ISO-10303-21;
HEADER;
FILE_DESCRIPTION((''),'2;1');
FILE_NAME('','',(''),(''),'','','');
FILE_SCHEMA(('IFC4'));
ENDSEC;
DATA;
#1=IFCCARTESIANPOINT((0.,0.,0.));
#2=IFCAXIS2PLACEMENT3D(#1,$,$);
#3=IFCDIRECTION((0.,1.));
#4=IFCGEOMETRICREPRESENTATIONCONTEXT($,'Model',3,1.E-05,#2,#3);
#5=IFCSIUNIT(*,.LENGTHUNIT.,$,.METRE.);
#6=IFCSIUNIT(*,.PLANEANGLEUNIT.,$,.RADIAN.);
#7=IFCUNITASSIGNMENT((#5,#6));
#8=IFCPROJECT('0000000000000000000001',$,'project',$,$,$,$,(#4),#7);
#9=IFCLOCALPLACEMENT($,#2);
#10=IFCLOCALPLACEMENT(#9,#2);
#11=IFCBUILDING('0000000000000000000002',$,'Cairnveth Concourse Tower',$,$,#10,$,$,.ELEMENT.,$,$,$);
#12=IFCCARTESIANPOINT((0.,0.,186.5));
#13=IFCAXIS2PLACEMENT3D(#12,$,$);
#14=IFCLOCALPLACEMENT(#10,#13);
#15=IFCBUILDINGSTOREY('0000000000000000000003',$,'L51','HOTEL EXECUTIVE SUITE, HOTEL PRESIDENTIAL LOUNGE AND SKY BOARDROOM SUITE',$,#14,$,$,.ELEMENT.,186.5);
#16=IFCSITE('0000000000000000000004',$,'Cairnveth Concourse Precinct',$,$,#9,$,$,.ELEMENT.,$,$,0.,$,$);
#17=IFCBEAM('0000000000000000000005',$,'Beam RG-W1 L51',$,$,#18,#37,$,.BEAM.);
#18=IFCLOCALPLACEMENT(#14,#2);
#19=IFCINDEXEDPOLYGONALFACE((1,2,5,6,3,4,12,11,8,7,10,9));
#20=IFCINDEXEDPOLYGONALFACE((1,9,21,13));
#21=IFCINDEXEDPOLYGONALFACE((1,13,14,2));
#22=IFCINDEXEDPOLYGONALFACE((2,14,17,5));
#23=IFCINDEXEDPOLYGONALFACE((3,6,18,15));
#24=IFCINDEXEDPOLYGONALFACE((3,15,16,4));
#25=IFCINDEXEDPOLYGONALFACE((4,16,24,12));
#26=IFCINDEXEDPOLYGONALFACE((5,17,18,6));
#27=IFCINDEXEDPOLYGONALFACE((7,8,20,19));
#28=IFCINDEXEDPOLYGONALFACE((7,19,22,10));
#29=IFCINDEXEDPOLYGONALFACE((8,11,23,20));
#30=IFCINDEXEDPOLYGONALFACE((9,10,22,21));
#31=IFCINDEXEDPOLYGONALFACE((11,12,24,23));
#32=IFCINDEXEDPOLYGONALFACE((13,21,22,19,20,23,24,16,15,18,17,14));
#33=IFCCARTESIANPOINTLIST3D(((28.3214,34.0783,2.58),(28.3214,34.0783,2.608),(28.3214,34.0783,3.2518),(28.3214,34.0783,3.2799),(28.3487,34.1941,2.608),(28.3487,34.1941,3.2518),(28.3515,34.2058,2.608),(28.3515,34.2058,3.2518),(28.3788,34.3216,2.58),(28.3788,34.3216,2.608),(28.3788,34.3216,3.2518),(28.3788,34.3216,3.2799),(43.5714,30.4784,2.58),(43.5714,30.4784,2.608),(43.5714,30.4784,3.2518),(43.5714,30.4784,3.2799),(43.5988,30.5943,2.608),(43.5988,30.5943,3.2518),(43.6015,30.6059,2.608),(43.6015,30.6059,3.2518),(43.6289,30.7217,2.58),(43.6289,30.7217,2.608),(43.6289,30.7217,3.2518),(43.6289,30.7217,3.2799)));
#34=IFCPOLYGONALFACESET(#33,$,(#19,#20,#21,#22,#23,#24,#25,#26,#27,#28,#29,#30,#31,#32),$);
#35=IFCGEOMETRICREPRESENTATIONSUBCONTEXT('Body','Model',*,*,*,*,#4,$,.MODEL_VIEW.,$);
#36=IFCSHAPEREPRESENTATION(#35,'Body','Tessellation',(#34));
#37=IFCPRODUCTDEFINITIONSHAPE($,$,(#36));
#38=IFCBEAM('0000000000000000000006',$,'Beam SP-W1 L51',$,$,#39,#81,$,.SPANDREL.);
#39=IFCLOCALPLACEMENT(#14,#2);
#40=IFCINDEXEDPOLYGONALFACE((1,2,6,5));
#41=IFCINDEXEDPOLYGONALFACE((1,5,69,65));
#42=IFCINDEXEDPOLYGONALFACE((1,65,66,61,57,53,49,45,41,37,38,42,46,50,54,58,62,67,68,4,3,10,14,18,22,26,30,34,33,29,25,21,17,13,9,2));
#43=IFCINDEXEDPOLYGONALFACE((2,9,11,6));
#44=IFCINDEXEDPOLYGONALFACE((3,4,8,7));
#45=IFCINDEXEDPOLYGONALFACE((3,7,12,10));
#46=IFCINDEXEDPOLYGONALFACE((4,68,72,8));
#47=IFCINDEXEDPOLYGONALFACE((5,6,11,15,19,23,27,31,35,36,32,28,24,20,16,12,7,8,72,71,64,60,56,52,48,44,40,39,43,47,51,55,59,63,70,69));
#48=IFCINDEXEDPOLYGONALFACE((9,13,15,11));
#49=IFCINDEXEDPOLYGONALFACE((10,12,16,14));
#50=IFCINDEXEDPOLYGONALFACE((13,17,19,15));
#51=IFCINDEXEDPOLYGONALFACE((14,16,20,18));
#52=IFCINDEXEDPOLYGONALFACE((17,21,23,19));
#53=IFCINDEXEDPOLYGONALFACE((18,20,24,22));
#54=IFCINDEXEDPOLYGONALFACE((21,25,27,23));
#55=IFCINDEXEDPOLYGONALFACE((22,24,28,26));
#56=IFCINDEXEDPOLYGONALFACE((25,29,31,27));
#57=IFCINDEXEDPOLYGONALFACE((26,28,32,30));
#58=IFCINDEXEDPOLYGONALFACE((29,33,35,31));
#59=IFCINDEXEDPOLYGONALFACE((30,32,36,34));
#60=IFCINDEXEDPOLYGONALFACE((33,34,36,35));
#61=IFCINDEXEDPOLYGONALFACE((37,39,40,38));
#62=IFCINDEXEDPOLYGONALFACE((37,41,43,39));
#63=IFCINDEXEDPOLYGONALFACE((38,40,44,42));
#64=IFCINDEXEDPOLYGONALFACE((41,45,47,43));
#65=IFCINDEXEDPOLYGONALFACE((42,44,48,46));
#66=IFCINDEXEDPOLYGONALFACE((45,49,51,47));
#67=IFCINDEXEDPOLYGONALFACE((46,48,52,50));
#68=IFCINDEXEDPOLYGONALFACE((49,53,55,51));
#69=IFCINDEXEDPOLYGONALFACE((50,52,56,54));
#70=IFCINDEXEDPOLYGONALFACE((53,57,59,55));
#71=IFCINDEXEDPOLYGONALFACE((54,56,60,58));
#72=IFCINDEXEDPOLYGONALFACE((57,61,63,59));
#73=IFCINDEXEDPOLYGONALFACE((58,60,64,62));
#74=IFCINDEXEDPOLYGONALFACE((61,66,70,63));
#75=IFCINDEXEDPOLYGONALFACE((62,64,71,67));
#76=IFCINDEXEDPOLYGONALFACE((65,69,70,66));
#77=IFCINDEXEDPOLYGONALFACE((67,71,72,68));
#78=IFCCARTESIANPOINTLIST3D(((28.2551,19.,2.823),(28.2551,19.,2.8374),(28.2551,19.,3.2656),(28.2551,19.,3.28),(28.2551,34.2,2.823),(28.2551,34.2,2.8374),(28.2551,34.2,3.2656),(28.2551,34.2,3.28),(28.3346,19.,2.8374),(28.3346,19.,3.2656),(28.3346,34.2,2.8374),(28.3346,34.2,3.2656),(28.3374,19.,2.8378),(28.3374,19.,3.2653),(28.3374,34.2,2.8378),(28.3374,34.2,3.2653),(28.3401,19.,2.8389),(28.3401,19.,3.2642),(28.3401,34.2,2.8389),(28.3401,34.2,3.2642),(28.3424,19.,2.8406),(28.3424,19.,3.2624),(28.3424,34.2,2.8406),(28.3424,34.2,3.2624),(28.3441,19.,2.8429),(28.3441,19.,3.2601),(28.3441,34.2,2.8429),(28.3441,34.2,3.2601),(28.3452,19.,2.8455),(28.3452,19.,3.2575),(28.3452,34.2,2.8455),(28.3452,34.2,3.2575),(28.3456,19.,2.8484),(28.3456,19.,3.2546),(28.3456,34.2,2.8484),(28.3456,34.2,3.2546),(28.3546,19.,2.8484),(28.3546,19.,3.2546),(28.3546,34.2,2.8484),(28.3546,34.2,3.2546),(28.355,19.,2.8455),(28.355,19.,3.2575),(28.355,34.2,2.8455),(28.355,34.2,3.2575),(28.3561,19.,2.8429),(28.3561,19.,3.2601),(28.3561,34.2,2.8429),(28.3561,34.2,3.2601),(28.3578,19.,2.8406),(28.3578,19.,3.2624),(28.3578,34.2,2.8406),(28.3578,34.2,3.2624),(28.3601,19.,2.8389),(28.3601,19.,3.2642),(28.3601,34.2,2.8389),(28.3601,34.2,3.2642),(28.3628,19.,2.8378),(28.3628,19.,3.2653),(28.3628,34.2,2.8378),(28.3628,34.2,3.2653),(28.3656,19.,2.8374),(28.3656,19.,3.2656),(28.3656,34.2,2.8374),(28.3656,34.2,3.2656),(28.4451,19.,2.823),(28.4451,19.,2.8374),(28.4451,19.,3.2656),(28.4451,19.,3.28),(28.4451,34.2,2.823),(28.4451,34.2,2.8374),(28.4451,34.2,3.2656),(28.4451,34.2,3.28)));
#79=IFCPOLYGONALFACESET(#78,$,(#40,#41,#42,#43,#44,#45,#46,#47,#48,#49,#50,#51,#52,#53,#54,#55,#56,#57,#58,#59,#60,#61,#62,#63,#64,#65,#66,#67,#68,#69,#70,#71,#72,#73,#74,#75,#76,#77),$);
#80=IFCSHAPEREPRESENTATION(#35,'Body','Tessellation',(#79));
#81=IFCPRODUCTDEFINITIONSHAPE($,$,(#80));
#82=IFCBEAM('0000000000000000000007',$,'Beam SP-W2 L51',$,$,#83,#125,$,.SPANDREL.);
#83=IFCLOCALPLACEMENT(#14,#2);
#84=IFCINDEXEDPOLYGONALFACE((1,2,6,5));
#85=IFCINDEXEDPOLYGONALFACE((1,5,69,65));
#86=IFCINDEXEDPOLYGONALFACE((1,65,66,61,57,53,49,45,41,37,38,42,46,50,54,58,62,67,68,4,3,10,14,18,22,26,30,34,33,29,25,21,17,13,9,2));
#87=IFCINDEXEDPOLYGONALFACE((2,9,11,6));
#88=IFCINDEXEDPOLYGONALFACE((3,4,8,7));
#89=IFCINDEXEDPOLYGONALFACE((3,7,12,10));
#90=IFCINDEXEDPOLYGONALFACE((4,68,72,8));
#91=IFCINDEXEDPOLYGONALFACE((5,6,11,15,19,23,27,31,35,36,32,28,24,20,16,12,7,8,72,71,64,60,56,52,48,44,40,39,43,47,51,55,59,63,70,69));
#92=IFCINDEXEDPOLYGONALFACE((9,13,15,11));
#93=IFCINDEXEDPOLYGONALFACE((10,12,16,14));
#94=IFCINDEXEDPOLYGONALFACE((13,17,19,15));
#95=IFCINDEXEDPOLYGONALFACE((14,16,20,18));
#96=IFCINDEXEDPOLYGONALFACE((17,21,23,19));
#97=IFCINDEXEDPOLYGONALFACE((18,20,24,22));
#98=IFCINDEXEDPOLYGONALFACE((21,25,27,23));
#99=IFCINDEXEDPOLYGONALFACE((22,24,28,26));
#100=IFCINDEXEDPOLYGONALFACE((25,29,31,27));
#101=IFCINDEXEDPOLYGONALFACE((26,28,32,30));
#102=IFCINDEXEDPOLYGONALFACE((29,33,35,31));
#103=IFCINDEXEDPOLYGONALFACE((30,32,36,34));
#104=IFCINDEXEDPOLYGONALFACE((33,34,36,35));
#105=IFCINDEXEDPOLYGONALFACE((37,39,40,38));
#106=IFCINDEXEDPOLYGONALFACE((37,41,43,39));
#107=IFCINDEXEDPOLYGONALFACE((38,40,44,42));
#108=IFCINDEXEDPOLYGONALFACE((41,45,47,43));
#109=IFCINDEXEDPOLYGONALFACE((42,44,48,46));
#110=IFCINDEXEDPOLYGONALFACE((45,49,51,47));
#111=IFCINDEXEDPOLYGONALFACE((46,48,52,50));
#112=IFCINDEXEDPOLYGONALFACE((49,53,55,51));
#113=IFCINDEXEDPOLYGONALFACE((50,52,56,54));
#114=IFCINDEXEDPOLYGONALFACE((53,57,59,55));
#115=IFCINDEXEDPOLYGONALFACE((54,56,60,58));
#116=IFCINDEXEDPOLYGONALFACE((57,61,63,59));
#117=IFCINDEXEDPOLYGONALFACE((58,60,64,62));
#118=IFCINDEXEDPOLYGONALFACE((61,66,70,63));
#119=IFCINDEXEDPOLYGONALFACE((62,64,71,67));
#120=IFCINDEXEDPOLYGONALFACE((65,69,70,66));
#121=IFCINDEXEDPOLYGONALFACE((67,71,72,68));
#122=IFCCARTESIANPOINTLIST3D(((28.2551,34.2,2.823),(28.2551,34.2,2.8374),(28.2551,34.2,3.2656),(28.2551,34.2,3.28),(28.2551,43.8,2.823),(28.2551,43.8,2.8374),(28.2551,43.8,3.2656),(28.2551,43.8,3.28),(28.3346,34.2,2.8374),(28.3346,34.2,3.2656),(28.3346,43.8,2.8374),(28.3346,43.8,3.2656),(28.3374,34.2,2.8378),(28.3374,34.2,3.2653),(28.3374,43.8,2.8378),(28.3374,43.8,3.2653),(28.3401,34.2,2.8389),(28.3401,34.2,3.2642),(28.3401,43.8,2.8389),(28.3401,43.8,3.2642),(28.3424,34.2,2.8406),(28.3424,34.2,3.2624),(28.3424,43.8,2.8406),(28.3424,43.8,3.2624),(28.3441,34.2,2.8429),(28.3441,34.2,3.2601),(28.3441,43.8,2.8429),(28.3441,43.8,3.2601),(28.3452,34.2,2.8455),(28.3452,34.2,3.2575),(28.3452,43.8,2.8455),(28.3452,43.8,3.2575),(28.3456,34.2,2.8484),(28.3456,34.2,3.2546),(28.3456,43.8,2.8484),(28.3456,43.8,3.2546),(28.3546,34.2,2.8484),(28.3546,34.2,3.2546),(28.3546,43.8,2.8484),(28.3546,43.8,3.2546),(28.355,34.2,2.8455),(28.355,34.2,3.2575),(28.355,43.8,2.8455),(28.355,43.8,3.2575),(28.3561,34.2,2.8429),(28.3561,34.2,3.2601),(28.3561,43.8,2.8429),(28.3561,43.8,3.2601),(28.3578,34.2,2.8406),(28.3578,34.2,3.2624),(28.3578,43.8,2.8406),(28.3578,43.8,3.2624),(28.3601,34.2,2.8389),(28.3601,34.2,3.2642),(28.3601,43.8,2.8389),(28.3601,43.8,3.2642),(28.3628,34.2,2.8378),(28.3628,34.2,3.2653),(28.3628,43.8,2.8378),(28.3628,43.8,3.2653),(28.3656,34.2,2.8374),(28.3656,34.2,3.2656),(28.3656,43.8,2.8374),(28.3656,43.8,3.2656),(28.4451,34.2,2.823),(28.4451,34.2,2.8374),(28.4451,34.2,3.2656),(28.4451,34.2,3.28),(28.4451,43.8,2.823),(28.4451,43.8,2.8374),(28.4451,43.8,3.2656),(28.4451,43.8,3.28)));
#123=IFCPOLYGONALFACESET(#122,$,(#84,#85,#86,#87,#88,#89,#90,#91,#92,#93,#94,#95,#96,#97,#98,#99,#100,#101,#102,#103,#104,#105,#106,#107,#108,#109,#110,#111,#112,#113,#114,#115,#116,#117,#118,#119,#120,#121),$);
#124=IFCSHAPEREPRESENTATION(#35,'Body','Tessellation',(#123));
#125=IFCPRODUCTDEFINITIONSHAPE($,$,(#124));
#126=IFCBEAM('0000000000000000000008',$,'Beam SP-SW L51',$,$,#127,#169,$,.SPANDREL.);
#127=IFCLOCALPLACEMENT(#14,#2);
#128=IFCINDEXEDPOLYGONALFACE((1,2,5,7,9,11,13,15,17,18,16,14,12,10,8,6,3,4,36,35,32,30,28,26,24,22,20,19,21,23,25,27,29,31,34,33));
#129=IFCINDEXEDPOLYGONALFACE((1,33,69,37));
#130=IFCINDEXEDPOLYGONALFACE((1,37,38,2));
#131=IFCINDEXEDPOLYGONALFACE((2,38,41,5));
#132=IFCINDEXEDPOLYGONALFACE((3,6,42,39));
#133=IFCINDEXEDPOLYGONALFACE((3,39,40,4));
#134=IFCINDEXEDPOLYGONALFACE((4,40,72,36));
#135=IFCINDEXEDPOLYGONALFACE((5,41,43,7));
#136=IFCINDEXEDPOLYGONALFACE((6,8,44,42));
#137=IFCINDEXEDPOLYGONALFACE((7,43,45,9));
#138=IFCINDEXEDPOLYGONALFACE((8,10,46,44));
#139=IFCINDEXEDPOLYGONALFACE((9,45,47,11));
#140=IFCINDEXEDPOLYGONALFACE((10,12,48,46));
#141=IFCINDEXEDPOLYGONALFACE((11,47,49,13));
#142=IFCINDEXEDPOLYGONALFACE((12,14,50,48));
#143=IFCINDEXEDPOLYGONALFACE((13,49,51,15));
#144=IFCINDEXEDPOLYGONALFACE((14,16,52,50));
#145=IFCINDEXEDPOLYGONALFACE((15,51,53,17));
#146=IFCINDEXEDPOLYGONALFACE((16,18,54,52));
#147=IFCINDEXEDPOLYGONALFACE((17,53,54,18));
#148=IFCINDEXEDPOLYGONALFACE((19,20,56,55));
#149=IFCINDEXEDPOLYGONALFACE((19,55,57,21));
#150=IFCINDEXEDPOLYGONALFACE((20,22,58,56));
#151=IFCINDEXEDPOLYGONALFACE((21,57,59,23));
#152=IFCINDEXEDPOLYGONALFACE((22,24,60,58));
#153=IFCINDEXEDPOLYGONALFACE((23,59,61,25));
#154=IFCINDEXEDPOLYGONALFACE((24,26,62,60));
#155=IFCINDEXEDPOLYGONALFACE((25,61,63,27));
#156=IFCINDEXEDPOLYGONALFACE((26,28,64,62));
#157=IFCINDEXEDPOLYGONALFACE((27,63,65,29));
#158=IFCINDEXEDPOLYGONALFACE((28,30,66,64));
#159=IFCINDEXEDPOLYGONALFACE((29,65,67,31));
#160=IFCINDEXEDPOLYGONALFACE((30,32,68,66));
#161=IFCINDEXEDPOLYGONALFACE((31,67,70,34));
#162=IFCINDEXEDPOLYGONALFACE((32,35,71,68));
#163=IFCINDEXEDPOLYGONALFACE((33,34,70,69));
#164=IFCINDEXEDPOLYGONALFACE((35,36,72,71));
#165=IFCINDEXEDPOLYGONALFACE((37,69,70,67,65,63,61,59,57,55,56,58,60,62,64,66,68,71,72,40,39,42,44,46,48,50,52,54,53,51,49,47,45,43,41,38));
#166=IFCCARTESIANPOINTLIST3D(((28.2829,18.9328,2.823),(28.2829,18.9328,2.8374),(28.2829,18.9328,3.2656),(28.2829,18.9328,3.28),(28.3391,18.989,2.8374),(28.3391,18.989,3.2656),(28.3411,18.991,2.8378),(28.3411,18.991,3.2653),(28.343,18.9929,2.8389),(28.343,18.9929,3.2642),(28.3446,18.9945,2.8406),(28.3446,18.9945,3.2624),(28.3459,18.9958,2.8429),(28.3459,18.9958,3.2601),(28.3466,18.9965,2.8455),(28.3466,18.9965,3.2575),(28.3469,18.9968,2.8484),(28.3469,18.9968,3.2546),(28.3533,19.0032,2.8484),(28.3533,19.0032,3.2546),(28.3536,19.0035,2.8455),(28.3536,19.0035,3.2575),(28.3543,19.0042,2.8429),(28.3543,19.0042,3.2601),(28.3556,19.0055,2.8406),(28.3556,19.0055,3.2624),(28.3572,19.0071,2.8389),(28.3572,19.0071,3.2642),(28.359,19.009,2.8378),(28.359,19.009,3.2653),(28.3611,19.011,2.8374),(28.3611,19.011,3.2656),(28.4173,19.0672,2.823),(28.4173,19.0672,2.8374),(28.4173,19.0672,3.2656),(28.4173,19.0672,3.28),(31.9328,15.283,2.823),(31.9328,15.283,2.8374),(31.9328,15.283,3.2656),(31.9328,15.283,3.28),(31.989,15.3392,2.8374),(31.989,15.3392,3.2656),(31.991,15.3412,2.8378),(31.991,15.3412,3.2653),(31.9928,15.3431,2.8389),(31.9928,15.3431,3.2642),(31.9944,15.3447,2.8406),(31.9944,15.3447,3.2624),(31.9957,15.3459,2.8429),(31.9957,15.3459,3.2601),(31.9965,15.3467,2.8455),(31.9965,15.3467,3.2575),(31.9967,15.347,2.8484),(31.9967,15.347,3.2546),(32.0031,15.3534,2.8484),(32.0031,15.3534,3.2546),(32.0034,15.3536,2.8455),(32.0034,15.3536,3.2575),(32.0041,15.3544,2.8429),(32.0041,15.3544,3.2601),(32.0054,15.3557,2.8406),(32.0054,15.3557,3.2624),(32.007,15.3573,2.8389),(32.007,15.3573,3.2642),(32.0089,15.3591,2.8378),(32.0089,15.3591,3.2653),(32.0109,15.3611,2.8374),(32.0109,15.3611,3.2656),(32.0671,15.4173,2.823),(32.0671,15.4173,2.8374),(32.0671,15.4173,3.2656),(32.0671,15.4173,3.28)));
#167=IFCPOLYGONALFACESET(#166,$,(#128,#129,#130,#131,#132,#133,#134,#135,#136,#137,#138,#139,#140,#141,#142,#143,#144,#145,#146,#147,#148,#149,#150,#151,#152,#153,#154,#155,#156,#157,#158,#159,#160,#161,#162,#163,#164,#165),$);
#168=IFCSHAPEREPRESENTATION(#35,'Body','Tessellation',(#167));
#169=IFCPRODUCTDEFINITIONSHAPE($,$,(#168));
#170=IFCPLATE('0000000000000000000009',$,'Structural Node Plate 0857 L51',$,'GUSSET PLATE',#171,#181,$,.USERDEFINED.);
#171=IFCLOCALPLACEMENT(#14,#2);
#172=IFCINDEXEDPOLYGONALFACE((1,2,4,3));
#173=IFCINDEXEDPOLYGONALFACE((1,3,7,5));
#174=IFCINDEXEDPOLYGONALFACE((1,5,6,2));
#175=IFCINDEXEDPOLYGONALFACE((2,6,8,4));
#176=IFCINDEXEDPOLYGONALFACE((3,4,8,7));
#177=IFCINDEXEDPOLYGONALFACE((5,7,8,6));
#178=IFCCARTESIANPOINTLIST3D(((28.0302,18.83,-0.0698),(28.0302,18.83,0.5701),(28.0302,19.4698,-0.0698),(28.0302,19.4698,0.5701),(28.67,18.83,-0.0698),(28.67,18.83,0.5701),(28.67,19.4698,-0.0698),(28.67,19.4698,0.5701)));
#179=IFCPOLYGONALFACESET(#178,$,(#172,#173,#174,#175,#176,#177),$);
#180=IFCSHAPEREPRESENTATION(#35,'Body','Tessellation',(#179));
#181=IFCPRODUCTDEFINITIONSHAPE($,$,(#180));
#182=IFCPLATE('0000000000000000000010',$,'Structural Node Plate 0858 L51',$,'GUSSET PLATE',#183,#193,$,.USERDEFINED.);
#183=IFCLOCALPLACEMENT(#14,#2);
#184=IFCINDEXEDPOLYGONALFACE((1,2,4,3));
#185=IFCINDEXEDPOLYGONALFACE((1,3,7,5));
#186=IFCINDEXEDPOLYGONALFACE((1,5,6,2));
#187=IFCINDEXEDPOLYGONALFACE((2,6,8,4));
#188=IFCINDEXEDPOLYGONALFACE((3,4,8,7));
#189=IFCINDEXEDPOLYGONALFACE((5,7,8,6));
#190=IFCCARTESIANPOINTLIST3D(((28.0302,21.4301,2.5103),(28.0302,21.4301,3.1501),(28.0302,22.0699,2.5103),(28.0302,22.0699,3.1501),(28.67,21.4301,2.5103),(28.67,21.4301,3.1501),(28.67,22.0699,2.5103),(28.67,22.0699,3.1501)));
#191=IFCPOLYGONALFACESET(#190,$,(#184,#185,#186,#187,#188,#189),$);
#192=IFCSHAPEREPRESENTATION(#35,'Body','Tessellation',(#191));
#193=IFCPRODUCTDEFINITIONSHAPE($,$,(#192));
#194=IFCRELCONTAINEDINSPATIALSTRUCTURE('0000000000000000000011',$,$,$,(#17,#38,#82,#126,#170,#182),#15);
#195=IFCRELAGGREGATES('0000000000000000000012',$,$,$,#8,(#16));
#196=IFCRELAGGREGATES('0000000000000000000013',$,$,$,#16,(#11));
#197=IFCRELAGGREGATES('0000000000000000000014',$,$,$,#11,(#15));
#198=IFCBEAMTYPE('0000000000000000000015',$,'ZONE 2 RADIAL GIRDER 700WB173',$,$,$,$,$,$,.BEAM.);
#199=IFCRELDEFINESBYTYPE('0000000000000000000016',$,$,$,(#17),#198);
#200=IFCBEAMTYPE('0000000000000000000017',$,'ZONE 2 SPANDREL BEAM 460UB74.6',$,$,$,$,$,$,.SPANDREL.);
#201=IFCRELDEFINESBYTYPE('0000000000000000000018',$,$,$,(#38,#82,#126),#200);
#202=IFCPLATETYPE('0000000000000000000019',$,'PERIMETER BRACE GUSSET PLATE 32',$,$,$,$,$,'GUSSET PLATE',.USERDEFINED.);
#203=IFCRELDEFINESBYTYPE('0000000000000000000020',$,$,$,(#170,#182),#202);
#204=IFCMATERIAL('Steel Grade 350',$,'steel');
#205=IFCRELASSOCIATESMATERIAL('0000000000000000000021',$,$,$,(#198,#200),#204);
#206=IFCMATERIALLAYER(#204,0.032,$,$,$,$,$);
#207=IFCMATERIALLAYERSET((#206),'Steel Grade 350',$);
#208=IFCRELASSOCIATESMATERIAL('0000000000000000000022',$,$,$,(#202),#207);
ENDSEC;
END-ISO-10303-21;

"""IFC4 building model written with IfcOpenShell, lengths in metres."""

from ifc_helpers import new_model, si_unit, direction, frame, origin, origin_2d, place, context, subcontext, project, spatial, rectangle, i_section, extrude, material, layer, layer_set, material_profile, profile_set, type_object, element, save


model = new_model("IFC4")

# Units and contexts
model_context = context("Model", 3, precision=1e-05, world=origin(), true_north=direction((0.0, 1.0)))
body_context = subcontext(model_context, "Body", "Model", "MODEL_VIEW")
ifc_project = project(units=[si_unit("LENGTHUNIT", "METRE"), si_unit("PLANEANGLEUNIT", "RADIAN")], contexts=[model_context])

# Site, building, storey
site_placement = place(None, origin())
site = spatial("IfcSite", under=ifc_project, at=site_placement, Name="Cairnveth Concourse Precinct", CompositionType="ELEMENT", RefElevation=0.0)
building_placement = place(site_placement, origin())
building = spatial("IfcBuilding", under=site, at=building_placement, Name="Cairnveth Concourse Tower", CompositionType="ELEMENT")
storey_placement = place(building_placement, frame((0.0, 0.0, 186.5)))
storey = spatial("IfcBuildingStorey", under=building, at=storey_placement, Name="L51", Description="HOTEL EXECUTIVE SUITE, HOTEL PRESIDENTIAL LOUNGE AND SKY BOARDROOM SUITE", CompositionType="ELEMENT", Elevation=186.5)

# Shared definitions
ifc_material_1 = material(Name="Steel Grade 350", Category="steel")

# Beams
ifc_material_profile_1 = material_profile(ifc_material_1, i_section(OverallWidth=0.25, OverallDepth=0.7, WebThickness=0.012, FlangeThickness=0.0281, at=origin_2d()), Name="700WB173")
ifc_profile_set_1 = profile_set([ifc_material_profile_1], Name="Steel Grade 350")
beam_type_1 = type_object("IfcBeamType", Name="ZONE 2 RADIAL GIRDER 700WB173", PredefinedType="BEAM", material=ifc_profile_set_1)
beam_1_placement = place(storey_placement, frame((28.3501, 34.2, 2.9299), z_axis=(0.973252, -0.229742, 0.0), x_axis=(0.229742, 0.973252, 0.0)))
element("IfcBeam", 1, at=beam_1_placement, inside=storey, type_object=beam_type_1, Name="Beam RG-W1 L51", PredefinedType="BEAM", context=body_context, shape_type="SweptSolid", body=[
    extrude(i_section(OverallWidth=0.25, OverallDepth=0.7, WebThickness=0.012, FlangeThickness=0.0281, at=origin_2d()), origin(), (0.0, 0.0, 1.0), 15.6692),
])
ifc_material_profile_2 = material_profile(ifc_material_1, i_section(OverallWidth=0.1899, OverallDepth=0.457, WebThickness=0.009, FlangeThickness=0.0144, FilletRadius=0.011, at=origin_2d()), Name="460UB74.6")
ifc_profile_set_2 = profile_set([ifc_material_profile_2], Name="Steel Grade 350")
beam_type_2 = type_object("IfcBeamType", Name="ZONE 2 SPANDREL BEAM 460UB74.6", PredefinedType="SPANDREL", material=ifc_profile_set_2)
beam_2_placement = place(storey_placement, frame((28.3501, 19.0, 3.0515), z_axis=(0.0, 1.0, 0.0), x_axis=(-1.0, 0.0, 0.0)))
element("IfcBeam", 2, at=beam_2_placement, inside=storey, type_object=beam_type_2, Name="Beam SP-W1 L51", PredefinedType="SPANDREL", context=body_context, shape_type="SweptSolid", body=[
    extrude(i_section(OverallWidth=0.1899, OverallDepth=0.457, WebThickness=0.009, FlangeThickness=0.0144, FilletRadius=0.011, at=origin_2d()), origin(), (0.0, 0.0, 1.0), 15.2),
])
beam_3_placement = place(storey_placement, frame((28.3501, 34.2, 3.0515), z_axis=(0.0, 1.0, 0.0), x_axis=(-1.0, 0.0, 0.0)))
element("IfcBeam", 3, at=beam_3_placement, inside=storey, type_object=beam_type_2, Name="Beam SP-W2 L51", PredefinedType="SPANDREL", context=body_context, shape_type="SweptSolid", body=[
    extrude(i_section(OverallWidth=0.1899, OverallDepth=0.457, WebThickness=0.009, FlangeThickness=0.0144, FilletRadius=0.011, at=origin_2d()), origin(), (0.0, 0.0, 1.0), 9.6001),
])
beam_4_placement = place(storey_placement, frame((28.3501, 19.0, 3.0515), z_axis=(0.707107, -0.707107, 0.0), x_axis=(0.707107, 0.707107, 0.0)))
element("IfcBeam", 4, at=beam_4_placement, inside=storey, type_object=beam_type_2, Name="Beam SP-SW L51", PredefinedType="SPANDREL", context=body_context, shape_type="SweptSolid", body=[
    extrude(i_section(OverallWidth=0.1899, OverallDepth=0.457, WebThickness=0.009, FlangeThickness=0.0144, FilletRadius=0.011, at=origin_2d()), origin(), (0.0, 0.0, 1.0), 5.1616),
])

# Plates
ifc_layer_1 = layer(ifc_material_1, 0.032)
ifc_layer_set_1 = layer_set([ifc_layer_1], Name="Steel Grade 350")
plate_type = type_object("IfcPlateType", Name="PERIMETER BRACE GUSSET PLATE 32", ElementType="GUSSET PLATE", PredefinedType="USERDEFINED", material=ifc_layer_set_1)
for number, where, z_axis, x_axis, name in (
    (5, (28.3501, 19.1499, -0.0698), (0.0, 0.0, 1.0), (1.0, 0.0, 0.0), "Structural Node Plate 0857 L51"),
    (6, (28.3501, 21.75, 2.5103), (0.0, 0.0, 1.0), (1.0, 0.0, 0.0), "Structural Node Plate 0858 L51"),
):
    element("IfcPlate", number, at=place(storey_placement, frame(where, z_axis=z_axis, x_axis=x_axis)), inside=storey, type_object=plate_type, Name=name, ObjectType="GUSSET PLATE", PredefinedType="USERDEFINED", context=body_context, shape_type="SweptSolid", body=[
        extrude(rectangle(XDim=0.6399, YDim=0.6399, at=origin_2d()), origin(), (0.0, 0.0, 1.0), 0.6399),
    ])

save(model, "model.ifc")
